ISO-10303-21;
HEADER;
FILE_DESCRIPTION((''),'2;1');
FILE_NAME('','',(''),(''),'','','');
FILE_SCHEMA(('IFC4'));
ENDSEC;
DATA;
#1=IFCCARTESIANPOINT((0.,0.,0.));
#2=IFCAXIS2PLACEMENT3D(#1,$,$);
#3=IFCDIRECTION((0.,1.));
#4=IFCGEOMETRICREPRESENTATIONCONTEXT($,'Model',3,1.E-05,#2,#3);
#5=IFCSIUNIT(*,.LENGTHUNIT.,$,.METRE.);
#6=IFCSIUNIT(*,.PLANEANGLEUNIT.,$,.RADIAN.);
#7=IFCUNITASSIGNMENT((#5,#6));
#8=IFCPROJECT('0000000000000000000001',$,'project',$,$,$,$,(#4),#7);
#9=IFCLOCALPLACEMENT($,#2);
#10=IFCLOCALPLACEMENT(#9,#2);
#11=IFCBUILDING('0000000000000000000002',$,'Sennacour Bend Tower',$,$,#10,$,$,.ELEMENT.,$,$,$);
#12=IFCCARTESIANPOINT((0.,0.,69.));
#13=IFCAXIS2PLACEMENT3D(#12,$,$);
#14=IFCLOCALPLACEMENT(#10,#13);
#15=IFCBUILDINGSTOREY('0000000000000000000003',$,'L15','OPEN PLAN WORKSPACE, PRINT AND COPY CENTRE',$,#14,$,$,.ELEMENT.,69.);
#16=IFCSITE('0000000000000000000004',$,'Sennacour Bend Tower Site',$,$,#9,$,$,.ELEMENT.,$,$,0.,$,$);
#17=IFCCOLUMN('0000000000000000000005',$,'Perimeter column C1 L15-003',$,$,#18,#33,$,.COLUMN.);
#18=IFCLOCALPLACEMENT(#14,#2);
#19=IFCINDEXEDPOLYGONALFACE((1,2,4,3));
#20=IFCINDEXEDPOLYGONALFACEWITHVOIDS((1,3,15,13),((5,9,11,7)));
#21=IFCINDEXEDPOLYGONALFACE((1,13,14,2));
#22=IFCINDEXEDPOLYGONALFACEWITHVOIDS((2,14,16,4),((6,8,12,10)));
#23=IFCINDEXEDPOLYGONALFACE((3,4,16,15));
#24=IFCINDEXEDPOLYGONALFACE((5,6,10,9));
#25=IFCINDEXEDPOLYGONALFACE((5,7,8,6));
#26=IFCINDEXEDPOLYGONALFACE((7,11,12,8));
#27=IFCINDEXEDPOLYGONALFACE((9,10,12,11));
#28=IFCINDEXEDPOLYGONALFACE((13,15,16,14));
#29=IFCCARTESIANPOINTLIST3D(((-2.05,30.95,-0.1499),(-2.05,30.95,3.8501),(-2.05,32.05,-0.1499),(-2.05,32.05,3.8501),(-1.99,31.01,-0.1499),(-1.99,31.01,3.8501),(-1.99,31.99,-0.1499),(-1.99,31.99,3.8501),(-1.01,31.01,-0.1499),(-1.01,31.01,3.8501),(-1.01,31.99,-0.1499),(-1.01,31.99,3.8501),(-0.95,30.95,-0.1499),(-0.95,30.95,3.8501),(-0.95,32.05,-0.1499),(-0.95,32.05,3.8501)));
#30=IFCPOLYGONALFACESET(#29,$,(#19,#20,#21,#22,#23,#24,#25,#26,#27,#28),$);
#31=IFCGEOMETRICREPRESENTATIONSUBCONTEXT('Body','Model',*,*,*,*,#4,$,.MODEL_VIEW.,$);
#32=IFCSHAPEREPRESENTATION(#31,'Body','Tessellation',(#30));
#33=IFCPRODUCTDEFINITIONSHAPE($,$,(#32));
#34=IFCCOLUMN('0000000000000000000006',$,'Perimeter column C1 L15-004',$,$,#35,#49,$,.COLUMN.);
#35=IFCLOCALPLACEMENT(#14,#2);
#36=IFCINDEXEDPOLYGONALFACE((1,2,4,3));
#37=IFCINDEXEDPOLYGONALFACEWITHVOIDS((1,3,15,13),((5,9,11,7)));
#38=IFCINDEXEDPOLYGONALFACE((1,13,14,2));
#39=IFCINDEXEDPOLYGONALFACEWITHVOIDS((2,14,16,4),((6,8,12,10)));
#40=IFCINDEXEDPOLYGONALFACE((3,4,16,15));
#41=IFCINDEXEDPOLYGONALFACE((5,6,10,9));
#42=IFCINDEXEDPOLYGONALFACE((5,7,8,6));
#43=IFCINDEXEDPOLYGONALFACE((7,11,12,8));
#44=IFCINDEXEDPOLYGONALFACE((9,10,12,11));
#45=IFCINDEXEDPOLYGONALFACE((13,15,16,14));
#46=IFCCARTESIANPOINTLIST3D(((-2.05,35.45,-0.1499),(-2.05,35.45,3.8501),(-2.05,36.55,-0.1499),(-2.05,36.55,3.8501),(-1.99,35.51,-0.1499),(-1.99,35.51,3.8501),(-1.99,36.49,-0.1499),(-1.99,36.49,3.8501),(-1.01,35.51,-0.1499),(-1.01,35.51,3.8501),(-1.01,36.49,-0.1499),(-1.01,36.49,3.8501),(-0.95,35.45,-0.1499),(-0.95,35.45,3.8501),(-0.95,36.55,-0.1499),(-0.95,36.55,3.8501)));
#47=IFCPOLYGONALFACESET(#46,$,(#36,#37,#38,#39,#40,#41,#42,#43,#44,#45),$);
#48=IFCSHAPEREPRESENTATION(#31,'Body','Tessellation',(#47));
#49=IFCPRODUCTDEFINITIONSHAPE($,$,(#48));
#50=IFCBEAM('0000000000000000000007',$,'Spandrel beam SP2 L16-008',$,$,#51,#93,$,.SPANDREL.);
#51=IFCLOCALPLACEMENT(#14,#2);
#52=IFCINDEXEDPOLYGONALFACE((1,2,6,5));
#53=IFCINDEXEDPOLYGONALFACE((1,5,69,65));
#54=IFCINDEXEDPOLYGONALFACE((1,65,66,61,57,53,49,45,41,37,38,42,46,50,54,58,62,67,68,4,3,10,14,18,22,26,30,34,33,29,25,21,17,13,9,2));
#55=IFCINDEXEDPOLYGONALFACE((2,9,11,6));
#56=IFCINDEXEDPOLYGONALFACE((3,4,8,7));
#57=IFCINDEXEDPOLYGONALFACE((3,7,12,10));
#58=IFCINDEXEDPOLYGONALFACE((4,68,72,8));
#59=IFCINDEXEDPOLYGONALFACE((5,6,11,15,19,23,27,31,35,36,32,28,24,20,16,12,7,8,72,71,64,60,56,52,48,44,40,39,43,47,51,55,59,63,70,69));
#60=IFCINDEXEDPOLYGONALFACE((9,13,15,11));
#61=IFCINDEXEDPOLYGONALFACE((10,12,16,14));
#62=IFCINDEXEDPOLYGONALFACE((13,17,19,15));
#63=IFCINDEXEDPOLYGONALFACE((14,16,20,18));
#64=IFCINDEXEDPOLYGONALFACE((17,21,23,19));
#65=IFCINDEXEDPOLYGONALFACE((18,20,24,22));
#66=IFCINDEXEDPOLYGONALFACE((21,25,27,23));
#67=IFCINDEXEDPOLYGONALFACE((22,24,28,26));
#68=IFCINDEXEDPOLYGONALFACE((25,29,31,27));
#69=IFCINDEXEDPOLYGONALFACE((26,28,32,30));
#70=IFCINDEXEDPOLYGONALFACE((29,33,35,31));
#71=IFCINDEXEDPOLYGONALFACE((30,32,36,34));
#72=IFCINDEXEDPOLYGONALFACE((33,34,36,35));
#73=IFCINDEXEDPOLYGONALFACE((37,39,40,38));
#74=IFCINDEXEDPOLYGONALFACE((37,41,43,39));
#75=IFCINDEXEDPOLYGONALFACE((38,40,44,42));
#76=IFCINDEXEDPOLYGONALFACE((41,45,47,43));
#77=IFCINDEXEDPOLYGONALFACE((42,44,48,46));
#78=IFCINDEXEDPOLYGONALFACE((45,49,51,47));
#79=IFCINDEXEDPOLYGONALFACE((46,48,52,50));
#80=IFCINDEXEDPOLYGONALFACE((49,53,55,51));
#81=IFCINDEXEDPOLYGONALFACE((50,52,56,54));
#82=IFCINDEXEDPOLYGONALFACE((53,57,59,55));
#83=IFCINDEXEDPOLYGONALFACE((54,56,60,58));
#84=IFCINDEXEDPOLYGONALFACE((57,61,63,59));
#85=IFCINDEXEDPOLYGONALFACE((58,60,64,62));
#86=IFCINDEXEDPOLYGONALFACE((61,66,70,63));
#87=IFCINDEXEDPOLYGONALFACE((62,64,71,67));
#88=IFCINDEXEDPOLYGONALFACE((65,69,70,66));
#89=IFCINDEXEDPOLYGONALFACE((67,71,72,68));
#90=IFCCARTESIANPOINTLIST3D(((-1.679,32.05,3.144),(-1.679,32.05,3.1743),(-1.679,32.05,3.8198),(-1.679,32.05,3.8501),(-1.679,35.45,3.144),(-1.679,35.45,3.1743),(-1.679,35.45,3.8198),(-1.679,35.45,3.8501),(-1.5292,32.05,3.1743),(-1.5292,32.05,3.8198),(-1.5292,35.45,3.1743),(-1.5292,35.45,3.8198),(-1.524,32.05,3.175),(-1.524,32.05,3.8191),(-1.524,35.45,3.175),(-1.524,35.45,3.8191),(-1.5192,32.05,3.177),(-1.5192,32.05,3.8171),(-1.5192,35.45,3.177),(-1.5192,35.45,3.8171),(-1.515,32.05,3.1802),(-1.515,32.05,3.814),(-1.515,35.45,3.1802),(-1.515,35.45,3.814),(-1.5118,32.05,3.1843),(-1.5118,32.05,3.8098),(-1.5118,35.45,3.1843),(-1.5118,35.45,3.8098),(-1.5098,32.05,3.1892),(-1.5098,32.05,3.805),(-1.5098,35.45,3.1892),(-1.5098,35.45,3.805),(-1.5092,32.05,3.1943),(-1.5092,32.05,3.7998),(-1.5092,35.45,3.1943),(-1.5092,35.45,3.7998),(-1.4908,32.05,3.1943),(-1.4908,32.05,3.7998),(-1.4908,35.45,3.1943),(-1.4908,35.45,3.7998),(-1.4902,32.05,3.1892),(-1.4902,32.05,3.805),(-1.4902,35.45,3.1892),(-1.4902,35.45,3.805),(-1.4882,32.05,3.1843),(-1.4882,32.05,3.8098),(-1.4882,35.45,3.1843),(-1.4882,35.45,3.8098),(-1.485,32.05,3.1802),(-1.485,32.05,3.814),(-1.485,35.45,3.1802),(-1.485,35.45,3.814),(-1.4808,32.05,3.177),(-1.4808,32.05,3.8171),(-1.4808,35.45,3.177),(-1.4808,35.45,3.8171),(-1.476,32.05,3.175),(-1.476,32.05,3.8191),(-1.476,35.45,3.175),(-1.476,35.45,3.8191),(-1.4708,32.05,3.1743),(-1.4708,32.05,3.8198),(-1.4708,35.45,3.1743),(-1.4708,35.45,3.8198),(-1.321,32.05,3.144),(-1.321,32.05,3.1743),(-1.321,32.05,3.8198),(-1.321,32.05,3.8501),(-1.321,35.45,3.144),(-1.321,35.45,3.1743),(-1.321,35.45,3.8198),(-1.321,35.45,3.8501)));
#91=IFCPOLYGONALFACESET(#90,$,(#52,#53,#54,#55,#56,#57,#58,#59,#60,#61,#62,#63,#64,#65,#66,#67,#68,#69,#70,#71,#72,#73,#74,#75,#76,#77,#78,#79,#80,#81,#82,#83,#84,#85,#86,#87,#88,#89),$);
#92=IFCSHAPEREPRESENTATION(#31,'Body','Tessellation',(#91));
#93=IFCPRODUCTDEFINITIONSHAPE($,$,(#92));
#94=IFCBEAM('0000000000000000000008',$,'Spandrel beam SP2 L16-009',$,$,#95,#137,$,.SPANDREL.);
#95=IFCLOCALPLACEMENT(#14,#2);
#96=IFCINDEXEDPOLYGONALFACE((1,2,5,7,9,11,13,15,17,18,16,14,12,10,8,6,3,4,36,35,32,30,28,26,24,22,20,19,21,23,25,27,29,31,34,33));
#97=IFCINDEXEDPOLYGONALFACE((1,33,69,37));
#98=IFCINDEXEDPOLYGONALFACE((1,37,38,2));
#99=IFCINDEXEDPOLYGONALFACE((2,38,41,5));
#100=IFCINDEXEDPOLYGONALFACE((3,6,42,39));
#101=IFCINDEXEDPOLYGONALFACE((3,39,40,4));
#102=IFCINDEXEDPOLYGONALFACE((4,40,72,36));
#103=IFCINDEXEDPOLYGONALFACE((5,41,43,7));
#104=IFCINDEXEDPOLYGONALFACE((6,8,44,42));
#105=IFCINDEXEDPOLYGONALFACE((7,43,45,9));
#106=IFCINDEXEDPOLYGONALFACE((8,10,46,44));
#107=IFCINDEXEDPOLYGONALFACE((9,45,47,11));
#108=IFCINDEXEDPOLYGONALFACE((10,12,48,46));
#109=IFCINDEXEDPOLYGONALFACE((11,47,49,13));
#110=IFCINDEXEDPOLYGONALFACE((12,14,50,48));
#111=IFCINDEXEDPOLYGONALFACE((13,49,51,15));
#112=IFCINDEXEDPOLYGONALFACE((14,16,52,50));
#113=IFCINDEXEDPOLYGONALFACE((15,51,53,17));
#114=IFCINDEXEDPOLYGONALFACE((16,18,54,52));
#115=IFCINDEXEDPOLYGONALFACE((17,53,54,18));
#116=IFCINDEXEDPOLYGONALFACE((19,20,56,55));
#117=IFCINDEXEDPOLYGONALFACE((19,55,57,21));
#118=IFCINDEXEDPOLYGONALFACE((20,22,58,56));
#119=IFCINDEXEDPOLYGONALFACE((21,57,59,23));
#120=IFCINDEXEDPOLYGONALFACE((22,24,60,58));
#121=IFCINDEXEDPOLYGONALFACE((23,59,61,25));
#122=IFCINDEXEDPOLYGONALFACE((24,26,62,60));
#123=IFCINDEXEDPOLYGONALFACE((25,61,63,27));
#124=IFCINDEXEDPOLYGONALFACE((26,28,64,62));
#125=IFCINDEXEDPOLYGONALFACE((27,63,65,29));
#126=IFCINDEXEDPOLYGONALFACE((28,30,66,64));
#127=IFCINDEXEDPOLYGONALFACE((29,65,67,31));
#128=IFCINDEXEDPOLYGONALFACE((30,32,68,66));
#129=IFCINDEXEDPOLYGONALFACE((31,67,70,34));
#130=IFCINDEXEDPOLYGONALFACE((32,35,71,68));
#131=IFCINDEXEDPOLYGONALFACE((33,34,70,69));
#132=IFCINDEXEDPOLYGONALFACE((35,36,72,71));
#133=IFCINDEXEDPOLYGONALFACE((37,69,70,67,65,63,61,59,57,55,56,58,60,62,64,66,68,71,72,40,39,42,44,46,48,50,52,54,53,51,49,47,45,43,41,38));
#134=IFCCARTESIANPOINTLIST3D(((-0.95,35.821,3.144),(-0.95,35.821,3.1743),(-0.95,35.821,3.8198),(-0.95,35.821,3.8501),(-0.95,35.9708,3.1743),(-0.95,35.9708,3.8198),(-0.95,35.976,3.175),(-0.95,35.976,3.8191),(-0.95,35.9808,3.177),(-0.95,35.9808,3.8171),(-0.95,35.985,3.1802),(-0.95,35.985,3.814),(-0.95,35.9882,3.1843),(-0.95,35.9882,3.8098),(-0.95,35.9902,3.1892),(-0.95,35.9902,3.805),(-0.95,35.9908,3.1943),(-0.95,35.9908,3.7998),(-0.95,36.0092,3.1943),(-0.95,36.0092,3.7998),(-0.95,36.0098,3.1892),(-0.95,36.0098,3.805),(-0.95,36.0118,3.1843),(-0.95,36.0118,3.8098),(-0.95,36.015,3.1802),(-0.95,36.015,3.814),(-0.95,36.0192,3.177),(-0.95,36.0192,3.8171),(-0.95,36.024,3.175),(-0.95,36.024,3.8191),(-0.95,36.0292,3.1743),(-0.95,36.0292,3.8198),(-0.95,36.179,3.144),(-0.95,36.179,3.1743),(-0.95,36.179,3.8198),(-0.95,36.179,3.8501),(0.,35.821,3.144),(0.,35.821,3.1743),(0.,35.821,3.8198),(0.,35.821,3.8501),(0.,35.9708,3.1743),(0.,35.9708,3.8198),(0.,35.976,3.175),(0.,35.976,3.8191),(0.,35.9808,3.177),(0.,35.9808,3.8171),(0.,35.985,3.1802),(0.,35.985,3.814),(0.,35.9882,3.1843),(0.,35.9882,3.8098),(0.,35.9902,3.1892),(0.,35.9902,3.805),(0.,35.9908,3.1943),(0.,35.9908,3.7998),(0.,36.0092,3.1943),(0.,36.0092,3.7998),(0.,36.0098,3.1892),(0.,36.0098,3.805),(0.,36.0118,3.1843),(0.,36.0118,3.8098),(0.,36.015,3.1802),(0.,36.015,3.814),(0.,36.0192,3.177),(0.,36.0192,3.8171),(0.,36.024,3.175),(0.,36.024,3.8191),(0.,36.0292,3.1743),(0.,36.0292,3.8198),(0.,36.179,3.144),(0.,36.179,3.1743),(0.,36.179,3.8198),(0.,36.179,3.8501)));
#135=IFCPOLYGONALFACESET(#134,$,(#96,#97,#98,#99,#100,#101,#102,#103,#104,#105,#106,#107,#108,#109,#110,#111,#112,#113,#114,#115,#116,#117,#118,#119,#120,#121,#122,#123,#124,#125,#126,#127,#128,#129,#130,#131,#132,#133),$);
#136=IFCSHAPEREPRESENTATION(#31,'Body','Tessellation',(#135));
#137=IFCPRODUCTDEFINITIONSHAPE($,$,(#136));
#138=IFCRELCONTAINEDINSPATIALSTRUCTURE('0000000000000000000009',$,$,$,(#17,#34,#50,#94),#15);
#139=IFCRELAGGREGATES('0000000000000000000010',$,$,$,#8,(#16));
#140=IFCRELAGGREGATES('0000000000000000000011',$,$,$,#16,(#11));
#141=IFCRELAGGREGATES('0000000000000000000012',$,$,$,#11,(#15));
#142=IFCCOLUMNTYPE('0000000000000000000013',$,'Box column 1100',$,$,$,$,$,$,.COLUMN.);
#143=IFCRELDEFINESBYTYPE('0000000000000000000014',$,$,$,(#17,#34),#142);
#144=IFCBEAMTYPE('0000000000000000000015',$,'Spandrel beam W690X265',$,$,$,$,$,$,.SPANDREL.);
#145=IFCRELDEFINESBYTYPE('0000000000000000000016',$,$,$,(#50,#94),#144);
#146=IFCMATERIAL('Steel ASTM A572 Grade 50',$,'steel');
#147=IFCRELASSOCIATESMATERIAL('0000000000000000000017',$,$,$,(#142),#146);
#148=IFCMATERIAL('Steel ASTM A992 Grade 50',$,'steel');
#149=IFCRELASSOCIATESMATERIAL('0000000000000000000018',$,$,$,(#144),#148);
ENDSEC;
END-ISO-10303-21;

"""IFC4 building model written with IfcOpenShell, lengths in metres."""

from ifc_helpers import new_model, si_unit, direction, frame, origin, origin_2d, place, context, subcontext, project, spatial, hollow_rectangle, i_section, extrude, material, material_profile, profile_set, type_object, element, save


model = new_model("IFC4")

# Units and contexts
model_context = context("Model", 3, precision=1e-05, world=origin(), true_north=direction((0.0, 1.0)))
body_context = subcontext(model_context, "Body", "Model", "MODEL_VIEW")
ifc_project = project(units=[si_unit("LENGTHUNIT", "METRE"), si_unit("PLANEANGLEUNIT", "RADIAN")], contexts=[model_context])

# Site, building, storey
site_placement = place(None, origin())
site = spatial("IfcSite", under=ifc_project, at=site_placement, Name="Sennacour Bend Tower Site", CompositionType="ELEMENT", RefElevation=0.0)
building_placement = place(site_placement, origin())
building = spatial("IfcBuilding", under=site, at=building_placement, Name="Sennacour Bend Tower", CompositionType="ELEMENT")
storey_placement = place(building_placement, frame((0.0, 0.0, 69.0)))
storey = spatial("IfcBuildingStorey", under=building, at=storey_placement, Name="L15", Description="OPEN PLAN WORKSPACE, PRINT AND COPY CENTRE", CompositionType="ELEMENT", Elevation=69.0)

# Columns
ifc_material_1 = material(Name="Steel ASTM A572 Grade 50", Category="steel")
ifc_material_profile_1 = material_profile(ifc_material_1, hollow_rectangle(XDim=1.1001, YDim=1.1001, WallThickness=0.0601, at=origin_2d()), Name="Steel ASTM A572 Grade 50", Category="steel")
ifc_profile_set_1 = profile_set([ifc_material_profile_1], Name="Steel ASTM A572 Grade 50")
column_type = type_object("IfcColumnType", Name="Box column 1100", PredefinedType="COLUMN", material=ifc_profile_set_1)
for number, where, z_axis, x_axis, name in (
    (1, (-1.5, 31.5, -0.1499), (0.0, 0.0, 1.0), (1.0, 0.0, 0.0), "Perimeter column C1 L15-003"),
    (2, (-1.5, 36.0, -0.1499), (0.0, 0.0, 1.0), (1.0, 0.0, 0.0), "Perimeter column C1 L15-004"),
):
    element("IfcColumn", number, at=place(storey_placement, frame(where, z_axis=z_axis, x_axis=x_axis)), inside=storey, type_object=column_type, Name=name, PredefinedType="COLUMN", context=body_context, shape_type="SweptSolid", body=[
        extrude(hollow_rectangle(XDim=1.1001, YDim=1.1001, WallThickness=0.0601, at=origin_2d()), origin(), (0.0, 0.0, 1.0), 4.0),
    ])

# Beams
ifc_material_2 = material(Name="Steel ASTM A992 Grade 50", Category="steel")
ifc_material_profile_2 = material_profile(ifc_material_2, i_section(OverallWidth=0.3579, OverallDepth=0.7061, WebThickness=0.0183, FlangeThickness=0.0303, FilletRadius=0.02, at=origin_2d()), Name="Steel ASTM A992 Grade 50", Category="steel")
ifc_profile_set_2 = profile_set([ifc_material_profile_2], Name="Steel ASTM A992 Grade 50")
beam_type = type_object("IfcBeamType", Name="Spandrel beam W690X265", PredefinedType="SPANDREL", material=ifc_profile_set_2)
beam_1_placement = place(storey_placement, frame((-1.5, 32.05, 3.4971), z_axis=(0.0, 1.0, 0.0), x_axis=(-1.0, 0.0, 0.0)))
element("IfcBeam", 3, at=beam_1_placement, inside=storey, type_object=beam_type, Name="Spandrel beam SP2 L16-008", PredefinedType="SPANDREL", context=body_context, shape_type="SweptSolid", body=[
    extrude(i_section(OverallWidth=0.3579, OverallDepth=0.7061, WebThickness=0.0183, FlangeThickness=0.0303, FilletRadius=0.02, at=origin_2d()), origin(), (0.0, 0.0, 1.0), 3.3999),
])
beam_2_placement = place(storey_placement, frame((-0.95, 36.0, 3.4971), z_axis=(1.0, 0.0, 0.0), x_axis=(0.0, 1.0, 0.0)))
element("IfcBeam", 4, at=beam_2_placement, inside=storey, type_object=beam_type, Name="Spandrel beam SP2 L16-009", PredefinedType="SPANDREL", context=body_context, shape_type="SweptSolid", body=[
    extrude(i_section(OverallWidth=0.3579, OverallDepth=0.7061, WebThickness=0.0183, FlangeThickness=0.0303, FilletRadius=0.02, at=origin_2d()), origin(), (0.0, 0.0, 1.0), 0.95),
])

save(model, "model.ifc")
